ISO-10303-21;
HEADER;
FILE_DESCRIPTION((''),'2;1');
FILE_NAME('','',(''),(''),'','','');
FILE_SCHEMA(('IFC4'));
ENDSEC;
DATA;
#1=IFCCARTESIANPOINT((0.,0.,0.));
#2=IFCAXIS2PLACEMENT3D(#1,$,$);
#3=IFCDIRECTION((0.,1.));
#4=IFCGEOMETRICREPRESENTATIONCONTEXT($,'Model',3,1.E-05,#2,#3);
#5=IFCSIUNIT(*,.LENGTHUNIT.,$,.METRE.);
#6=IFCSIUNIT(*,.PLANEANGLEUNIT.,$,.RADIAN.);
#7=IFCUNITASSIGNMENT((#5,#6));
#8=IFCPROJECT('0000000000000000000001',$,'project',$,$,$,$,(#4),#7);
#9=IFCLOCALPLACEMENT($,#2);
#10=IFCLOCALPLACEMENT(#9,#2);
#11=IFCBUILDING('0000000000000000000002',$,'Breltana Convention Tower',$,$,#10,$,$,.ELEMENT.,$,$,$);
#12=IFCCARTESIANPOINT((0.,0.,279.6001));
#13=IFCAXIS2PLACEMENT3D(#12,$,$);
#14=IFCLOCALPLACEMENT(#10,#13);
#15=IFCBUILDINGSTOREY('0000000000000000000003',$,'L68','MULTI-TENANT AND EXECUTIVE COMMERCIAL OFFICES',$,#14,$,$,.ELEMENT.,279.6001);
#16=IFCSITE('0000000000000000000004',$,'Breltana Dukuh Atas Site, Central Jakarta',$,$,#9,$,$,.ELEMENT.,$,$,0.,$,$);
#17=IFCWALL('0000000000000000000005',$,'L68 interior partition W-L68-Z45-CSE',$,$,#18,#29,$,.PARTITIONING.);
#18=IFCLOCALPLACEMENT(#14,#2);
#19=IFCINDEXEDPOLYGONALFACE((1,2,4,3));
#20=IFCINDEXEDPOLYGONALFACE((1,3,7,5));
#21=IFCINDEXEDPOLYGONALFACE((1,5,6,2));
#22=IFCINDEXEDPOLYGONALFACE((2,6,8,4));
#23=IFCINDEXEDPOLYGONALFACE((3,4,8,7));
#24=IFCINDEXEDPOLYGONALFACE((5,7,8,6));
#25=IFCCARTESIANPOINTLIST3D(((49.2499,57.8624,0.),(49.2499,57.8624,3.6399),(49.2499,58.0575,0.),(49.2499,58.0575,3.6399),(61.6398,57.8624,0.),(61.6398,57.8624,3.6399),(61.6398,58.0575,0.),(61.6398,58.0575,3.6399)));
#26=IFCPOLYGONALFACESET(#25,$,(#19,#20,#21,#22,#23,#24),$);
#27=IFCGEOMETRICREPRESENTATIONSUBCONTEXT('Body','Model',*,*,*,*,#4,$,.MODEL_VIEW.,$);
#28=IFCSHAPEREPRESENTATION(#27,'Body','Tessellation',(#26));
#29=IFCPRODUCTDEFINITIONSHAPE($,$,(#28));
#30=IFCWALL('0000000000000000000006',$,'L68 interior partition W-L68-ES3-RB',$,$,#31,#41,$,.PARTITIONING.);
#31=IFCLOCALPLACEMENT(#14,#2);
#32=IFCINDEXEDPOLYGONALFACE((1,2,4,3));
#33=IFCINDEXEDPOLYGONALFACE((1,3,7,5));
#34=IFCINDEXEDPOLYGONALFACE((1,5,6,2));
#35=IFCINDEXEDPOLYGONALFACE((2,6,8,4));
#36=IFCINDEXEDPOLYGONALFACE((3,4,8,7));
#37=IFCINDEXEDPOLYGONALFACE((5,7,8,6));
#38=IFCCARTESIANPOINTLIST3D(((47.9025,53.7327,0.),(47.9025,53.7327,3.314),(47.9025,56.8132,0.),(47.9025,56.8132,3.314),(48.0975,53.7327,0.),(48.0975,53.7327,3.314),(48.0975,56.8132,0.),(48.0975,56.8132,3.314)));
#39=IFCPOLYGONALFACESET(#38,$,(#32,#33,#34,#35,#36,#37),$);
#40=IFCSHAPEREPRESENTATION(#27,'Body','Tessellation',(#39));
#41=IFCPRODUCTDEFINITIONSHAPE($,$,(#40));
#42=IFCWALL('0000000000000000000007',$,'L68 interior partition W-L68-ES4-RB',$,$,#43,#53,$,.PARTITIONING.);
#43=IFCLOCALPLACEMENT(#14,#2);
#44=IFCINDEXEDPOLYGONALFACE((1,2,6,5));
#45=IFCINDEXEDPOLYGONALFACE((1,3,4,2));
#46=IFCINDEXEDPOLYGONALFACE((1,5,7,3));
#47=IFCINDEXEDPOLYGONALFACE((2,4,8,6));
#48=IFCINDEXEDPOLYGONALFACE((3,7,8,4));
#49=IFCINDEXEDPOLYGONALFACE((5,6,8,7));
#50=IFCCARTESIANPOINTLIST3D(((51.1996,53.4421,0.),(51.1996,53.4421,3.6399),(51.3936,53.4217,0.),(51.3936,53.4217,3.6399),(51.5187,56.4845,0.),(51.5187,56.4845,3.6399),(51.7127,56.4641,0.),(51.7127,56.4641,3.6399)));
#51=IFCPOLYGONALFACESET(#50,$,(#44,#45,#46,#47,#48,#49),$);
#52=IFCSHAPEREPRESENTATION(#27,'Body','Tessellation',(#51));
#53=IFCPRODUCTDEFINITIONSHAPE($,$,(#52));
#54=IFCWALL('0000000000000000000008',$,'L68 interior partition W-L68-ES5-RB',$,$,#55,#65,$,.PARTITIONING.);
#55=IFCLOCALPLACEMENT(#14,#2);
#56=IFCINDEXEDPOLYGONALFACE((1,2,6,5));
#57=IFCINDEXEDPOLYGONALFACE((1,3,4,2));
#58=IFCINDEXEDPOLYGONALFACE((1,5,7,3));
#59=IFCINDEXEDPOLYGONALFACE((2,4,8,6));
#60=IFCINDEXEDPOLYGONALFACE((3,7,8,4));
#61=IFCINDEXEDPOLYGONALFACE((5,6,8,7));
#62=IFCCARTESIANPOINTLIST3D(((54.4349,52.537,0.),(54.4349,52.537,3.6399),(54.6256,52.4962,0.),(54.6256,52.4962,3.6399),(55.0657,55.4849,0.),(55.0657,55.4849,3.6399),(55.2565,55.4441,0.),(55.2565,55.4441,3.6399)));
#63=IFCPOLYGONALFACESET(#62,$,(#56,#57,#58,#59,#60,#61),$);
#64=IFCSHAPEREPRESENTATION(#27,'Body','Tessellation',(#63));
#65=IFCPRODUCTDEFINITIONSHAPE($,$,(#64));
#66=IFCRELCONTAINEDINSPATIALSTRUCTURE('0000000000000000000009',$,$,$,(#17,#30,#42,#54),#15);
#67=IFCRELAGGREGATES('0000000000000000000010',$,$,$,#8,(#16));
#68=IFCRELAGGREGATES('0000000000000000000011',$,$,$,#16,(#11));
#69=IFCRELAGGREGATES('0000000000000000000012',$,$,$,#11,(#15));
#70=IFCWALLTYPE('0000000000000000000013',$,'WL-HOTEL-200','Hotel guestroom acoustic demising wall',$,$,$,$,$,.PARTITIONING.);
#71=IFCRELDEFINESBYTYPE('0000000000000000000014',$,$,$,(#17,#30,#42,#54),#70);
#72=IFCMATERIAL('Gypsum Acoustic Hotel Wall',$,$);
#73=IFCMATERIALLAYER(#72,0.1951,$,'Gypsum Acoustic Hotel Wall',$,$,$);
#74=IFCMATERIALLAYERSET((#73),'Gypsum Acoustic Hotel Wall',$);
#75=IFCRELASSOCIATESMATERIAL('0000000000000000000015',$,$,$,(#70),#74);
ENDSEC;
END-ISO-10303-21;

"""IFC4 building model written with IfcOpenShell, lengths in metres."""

from ifc_helpers import new_model, si_unit, direction, frame, frame_2d, origin, place, context, subcontext, project, spatial, rectangle, extrude, source, transform, mapped, material, layer, layer_set, type_object, element, save


model = new_model("IFC4")

# Units and contexts
model_context = context("Model", 3, precision=1e-05, world=origin(), true_north=direction((0.0, 1.0)))
body_context = subcontext(model_context, "Body", "Model", "MODEL_VIEW")
ifc_project = project(units=[si_unit("LENGTHUNIT", "METRE"), si_unit("PLANEANGLEUNIT", "RADIAN")], contexts=[model_context])

# Site, building, storey
site_placement = place(None, origin())
site = spatial("IfcSite", under=ifc_project, at=site_placement, Name="Breltana Dukuh Atas Site, Central Jakarta", CompositionType="ELEMENT", RefElevation=0.0)
building_placement = place(site_placement, origin())
building = spatial("IfcBuilding", under=site, at=building_placement, Name="Breltana Convention Tower", CompositionType="ELEMENT")
storey_placement = place(building_placement, frame((0.0, 0.0, 279.6001)))
storey = spatial("IfcBuildingStorey", under=building, at=storey_placement, Name="L68", Description="MULTI-TENANT AND EXECUTIVE COMMERCIAL OFFICES", CompositionType="ELEMENT", Elevation=279.6001)

# Wall
ifc_material_1 = material(Name="Gypsum Acoustic Hotel Wall")
ifc_layer_1 = layer(ifc_material_1, 0.1951, Name="Gypsum Acoustic Hotel Wall")
ifc_layer_set_1 = layer_set([ifc_layer_1], Name="Gypsum Acoustic Hotel Wall")
wall_type_1 = type_object("IfcWallType", Name="WL-HOTEL-200", Description="Hotel guestroom acoustic demising wall", PredefinedType="PARTITIONING", material=ifc_layer_set_1)
shared_shape_1 = source(origin(), body_context, "Body", "SweptSolid", [
    extrude(rectangle(XDim=12.3899, YDim=0.1951, at=frame_2d((6.1948, 0.0))), origin(), (0.0, 0.0, 1.0), 3.6399),
])
wall_1_placement = place(storey_placement, frame((49.25, 57.96, 0.0), z_axis=(0.0, 0.0, 1.0), x_axis=(1.0, 0.0, 0.0)))
element("IfcWall", 1, at=wall_1_placement, inside=storey, type_object=wall_type_1, Name="L68 interior partition W-L68-Z45-CSE", PredefinedType="PARTITIONING", context=body_context, shape_type="MappedRepresentation", body=[
    mapped(shared_shape_1, transform((0.0, 0.0, 0.0), scale=1.0)),
])

# Walls
shared_shape_2 = source(origin(), body_context, "Body", "SweptSolid", [
    extrude(rectangle(XDim=3.0806, YDim=0.1951, at=frame_2d((1.5403, 0.0))), origin(), (0.0, 0.0, 1.0), 3.314),
])
wall_2_placement = place(storey_placement, frame((48.0, 53.7327, 0.0), z_axis=(0.0, 0.0, 1.0), x_axis=(0.0, 1.0, 0.0)))
element("IfcWall", 2, at=wall_2_placement, inside=storey, type_object=wall_type_1, Name="L68 interior partition W-L68-ES3-RB", PredefinedType="PARTITIONING", context=body_context, shape_type="MappedRepresentation", body=[
    mapped(shared_shape_2, transform((0.0, 0.0, 0.0), scale=1.0)),
])
shared_shape_3 = source(origin(), body_context, "Body", "SweptSolid", [
    extrude(rectangle(XDim=3.0591, YDim=0.1951, at=frame_2d((1.5295, 0.0))), origin(), (0.0, 0.0, 1.0), 3.6399),
])
wall_3_placement = place(storey_placement, frame((51.2966, 53.4319, 0.0), z_axis=(0.0, 0.0, 1.0), x_axis=(0.104307, 0.994545, 0.0)))
element("IfcWall", 3, at=wall_3_placement, inside=storey, type_object=wall_type_1, Name="L68 interior partition W-L68-ES4-RB", PredefinedType="PARTITIONING", context=body_context, shape_type="MappedRepresentation", body=[
    mapped(shared_shape_3, transform((0.0, 0.0, 0.0), scale=1.0)),
])
shared_shape_4 = source(origin(), body_context, "Body", "SweptSolid", [
    extrude(rectangle(XDim=3.0146, YDim=0.1951, at=frame_2d((1.5073, 0.0))), origin(), (0.0, 0.0, 1.0), 3.6399),
])
wall_4_placement = place(storey_placement, frame((54.5303, 52.5166, 0.0), z_axis=(0.0, 0.0, 1.0), x_axis=(0.209258, 0.97786, 0.0)))
element("IfcWall", 4, at=wall_4_placement, inside=storey, type_object=wall_type_1, Name="L68 interior partition W-L68-ES5-RB", PredefinedType="PARTITIONING", context=body_context, shape_type="MappedRepresentation", body=[
    mapped(shared_shape_4, transform((0.0, 0.0, 0.0), scale=1.0)),
])

save(model, "model.ifc")
